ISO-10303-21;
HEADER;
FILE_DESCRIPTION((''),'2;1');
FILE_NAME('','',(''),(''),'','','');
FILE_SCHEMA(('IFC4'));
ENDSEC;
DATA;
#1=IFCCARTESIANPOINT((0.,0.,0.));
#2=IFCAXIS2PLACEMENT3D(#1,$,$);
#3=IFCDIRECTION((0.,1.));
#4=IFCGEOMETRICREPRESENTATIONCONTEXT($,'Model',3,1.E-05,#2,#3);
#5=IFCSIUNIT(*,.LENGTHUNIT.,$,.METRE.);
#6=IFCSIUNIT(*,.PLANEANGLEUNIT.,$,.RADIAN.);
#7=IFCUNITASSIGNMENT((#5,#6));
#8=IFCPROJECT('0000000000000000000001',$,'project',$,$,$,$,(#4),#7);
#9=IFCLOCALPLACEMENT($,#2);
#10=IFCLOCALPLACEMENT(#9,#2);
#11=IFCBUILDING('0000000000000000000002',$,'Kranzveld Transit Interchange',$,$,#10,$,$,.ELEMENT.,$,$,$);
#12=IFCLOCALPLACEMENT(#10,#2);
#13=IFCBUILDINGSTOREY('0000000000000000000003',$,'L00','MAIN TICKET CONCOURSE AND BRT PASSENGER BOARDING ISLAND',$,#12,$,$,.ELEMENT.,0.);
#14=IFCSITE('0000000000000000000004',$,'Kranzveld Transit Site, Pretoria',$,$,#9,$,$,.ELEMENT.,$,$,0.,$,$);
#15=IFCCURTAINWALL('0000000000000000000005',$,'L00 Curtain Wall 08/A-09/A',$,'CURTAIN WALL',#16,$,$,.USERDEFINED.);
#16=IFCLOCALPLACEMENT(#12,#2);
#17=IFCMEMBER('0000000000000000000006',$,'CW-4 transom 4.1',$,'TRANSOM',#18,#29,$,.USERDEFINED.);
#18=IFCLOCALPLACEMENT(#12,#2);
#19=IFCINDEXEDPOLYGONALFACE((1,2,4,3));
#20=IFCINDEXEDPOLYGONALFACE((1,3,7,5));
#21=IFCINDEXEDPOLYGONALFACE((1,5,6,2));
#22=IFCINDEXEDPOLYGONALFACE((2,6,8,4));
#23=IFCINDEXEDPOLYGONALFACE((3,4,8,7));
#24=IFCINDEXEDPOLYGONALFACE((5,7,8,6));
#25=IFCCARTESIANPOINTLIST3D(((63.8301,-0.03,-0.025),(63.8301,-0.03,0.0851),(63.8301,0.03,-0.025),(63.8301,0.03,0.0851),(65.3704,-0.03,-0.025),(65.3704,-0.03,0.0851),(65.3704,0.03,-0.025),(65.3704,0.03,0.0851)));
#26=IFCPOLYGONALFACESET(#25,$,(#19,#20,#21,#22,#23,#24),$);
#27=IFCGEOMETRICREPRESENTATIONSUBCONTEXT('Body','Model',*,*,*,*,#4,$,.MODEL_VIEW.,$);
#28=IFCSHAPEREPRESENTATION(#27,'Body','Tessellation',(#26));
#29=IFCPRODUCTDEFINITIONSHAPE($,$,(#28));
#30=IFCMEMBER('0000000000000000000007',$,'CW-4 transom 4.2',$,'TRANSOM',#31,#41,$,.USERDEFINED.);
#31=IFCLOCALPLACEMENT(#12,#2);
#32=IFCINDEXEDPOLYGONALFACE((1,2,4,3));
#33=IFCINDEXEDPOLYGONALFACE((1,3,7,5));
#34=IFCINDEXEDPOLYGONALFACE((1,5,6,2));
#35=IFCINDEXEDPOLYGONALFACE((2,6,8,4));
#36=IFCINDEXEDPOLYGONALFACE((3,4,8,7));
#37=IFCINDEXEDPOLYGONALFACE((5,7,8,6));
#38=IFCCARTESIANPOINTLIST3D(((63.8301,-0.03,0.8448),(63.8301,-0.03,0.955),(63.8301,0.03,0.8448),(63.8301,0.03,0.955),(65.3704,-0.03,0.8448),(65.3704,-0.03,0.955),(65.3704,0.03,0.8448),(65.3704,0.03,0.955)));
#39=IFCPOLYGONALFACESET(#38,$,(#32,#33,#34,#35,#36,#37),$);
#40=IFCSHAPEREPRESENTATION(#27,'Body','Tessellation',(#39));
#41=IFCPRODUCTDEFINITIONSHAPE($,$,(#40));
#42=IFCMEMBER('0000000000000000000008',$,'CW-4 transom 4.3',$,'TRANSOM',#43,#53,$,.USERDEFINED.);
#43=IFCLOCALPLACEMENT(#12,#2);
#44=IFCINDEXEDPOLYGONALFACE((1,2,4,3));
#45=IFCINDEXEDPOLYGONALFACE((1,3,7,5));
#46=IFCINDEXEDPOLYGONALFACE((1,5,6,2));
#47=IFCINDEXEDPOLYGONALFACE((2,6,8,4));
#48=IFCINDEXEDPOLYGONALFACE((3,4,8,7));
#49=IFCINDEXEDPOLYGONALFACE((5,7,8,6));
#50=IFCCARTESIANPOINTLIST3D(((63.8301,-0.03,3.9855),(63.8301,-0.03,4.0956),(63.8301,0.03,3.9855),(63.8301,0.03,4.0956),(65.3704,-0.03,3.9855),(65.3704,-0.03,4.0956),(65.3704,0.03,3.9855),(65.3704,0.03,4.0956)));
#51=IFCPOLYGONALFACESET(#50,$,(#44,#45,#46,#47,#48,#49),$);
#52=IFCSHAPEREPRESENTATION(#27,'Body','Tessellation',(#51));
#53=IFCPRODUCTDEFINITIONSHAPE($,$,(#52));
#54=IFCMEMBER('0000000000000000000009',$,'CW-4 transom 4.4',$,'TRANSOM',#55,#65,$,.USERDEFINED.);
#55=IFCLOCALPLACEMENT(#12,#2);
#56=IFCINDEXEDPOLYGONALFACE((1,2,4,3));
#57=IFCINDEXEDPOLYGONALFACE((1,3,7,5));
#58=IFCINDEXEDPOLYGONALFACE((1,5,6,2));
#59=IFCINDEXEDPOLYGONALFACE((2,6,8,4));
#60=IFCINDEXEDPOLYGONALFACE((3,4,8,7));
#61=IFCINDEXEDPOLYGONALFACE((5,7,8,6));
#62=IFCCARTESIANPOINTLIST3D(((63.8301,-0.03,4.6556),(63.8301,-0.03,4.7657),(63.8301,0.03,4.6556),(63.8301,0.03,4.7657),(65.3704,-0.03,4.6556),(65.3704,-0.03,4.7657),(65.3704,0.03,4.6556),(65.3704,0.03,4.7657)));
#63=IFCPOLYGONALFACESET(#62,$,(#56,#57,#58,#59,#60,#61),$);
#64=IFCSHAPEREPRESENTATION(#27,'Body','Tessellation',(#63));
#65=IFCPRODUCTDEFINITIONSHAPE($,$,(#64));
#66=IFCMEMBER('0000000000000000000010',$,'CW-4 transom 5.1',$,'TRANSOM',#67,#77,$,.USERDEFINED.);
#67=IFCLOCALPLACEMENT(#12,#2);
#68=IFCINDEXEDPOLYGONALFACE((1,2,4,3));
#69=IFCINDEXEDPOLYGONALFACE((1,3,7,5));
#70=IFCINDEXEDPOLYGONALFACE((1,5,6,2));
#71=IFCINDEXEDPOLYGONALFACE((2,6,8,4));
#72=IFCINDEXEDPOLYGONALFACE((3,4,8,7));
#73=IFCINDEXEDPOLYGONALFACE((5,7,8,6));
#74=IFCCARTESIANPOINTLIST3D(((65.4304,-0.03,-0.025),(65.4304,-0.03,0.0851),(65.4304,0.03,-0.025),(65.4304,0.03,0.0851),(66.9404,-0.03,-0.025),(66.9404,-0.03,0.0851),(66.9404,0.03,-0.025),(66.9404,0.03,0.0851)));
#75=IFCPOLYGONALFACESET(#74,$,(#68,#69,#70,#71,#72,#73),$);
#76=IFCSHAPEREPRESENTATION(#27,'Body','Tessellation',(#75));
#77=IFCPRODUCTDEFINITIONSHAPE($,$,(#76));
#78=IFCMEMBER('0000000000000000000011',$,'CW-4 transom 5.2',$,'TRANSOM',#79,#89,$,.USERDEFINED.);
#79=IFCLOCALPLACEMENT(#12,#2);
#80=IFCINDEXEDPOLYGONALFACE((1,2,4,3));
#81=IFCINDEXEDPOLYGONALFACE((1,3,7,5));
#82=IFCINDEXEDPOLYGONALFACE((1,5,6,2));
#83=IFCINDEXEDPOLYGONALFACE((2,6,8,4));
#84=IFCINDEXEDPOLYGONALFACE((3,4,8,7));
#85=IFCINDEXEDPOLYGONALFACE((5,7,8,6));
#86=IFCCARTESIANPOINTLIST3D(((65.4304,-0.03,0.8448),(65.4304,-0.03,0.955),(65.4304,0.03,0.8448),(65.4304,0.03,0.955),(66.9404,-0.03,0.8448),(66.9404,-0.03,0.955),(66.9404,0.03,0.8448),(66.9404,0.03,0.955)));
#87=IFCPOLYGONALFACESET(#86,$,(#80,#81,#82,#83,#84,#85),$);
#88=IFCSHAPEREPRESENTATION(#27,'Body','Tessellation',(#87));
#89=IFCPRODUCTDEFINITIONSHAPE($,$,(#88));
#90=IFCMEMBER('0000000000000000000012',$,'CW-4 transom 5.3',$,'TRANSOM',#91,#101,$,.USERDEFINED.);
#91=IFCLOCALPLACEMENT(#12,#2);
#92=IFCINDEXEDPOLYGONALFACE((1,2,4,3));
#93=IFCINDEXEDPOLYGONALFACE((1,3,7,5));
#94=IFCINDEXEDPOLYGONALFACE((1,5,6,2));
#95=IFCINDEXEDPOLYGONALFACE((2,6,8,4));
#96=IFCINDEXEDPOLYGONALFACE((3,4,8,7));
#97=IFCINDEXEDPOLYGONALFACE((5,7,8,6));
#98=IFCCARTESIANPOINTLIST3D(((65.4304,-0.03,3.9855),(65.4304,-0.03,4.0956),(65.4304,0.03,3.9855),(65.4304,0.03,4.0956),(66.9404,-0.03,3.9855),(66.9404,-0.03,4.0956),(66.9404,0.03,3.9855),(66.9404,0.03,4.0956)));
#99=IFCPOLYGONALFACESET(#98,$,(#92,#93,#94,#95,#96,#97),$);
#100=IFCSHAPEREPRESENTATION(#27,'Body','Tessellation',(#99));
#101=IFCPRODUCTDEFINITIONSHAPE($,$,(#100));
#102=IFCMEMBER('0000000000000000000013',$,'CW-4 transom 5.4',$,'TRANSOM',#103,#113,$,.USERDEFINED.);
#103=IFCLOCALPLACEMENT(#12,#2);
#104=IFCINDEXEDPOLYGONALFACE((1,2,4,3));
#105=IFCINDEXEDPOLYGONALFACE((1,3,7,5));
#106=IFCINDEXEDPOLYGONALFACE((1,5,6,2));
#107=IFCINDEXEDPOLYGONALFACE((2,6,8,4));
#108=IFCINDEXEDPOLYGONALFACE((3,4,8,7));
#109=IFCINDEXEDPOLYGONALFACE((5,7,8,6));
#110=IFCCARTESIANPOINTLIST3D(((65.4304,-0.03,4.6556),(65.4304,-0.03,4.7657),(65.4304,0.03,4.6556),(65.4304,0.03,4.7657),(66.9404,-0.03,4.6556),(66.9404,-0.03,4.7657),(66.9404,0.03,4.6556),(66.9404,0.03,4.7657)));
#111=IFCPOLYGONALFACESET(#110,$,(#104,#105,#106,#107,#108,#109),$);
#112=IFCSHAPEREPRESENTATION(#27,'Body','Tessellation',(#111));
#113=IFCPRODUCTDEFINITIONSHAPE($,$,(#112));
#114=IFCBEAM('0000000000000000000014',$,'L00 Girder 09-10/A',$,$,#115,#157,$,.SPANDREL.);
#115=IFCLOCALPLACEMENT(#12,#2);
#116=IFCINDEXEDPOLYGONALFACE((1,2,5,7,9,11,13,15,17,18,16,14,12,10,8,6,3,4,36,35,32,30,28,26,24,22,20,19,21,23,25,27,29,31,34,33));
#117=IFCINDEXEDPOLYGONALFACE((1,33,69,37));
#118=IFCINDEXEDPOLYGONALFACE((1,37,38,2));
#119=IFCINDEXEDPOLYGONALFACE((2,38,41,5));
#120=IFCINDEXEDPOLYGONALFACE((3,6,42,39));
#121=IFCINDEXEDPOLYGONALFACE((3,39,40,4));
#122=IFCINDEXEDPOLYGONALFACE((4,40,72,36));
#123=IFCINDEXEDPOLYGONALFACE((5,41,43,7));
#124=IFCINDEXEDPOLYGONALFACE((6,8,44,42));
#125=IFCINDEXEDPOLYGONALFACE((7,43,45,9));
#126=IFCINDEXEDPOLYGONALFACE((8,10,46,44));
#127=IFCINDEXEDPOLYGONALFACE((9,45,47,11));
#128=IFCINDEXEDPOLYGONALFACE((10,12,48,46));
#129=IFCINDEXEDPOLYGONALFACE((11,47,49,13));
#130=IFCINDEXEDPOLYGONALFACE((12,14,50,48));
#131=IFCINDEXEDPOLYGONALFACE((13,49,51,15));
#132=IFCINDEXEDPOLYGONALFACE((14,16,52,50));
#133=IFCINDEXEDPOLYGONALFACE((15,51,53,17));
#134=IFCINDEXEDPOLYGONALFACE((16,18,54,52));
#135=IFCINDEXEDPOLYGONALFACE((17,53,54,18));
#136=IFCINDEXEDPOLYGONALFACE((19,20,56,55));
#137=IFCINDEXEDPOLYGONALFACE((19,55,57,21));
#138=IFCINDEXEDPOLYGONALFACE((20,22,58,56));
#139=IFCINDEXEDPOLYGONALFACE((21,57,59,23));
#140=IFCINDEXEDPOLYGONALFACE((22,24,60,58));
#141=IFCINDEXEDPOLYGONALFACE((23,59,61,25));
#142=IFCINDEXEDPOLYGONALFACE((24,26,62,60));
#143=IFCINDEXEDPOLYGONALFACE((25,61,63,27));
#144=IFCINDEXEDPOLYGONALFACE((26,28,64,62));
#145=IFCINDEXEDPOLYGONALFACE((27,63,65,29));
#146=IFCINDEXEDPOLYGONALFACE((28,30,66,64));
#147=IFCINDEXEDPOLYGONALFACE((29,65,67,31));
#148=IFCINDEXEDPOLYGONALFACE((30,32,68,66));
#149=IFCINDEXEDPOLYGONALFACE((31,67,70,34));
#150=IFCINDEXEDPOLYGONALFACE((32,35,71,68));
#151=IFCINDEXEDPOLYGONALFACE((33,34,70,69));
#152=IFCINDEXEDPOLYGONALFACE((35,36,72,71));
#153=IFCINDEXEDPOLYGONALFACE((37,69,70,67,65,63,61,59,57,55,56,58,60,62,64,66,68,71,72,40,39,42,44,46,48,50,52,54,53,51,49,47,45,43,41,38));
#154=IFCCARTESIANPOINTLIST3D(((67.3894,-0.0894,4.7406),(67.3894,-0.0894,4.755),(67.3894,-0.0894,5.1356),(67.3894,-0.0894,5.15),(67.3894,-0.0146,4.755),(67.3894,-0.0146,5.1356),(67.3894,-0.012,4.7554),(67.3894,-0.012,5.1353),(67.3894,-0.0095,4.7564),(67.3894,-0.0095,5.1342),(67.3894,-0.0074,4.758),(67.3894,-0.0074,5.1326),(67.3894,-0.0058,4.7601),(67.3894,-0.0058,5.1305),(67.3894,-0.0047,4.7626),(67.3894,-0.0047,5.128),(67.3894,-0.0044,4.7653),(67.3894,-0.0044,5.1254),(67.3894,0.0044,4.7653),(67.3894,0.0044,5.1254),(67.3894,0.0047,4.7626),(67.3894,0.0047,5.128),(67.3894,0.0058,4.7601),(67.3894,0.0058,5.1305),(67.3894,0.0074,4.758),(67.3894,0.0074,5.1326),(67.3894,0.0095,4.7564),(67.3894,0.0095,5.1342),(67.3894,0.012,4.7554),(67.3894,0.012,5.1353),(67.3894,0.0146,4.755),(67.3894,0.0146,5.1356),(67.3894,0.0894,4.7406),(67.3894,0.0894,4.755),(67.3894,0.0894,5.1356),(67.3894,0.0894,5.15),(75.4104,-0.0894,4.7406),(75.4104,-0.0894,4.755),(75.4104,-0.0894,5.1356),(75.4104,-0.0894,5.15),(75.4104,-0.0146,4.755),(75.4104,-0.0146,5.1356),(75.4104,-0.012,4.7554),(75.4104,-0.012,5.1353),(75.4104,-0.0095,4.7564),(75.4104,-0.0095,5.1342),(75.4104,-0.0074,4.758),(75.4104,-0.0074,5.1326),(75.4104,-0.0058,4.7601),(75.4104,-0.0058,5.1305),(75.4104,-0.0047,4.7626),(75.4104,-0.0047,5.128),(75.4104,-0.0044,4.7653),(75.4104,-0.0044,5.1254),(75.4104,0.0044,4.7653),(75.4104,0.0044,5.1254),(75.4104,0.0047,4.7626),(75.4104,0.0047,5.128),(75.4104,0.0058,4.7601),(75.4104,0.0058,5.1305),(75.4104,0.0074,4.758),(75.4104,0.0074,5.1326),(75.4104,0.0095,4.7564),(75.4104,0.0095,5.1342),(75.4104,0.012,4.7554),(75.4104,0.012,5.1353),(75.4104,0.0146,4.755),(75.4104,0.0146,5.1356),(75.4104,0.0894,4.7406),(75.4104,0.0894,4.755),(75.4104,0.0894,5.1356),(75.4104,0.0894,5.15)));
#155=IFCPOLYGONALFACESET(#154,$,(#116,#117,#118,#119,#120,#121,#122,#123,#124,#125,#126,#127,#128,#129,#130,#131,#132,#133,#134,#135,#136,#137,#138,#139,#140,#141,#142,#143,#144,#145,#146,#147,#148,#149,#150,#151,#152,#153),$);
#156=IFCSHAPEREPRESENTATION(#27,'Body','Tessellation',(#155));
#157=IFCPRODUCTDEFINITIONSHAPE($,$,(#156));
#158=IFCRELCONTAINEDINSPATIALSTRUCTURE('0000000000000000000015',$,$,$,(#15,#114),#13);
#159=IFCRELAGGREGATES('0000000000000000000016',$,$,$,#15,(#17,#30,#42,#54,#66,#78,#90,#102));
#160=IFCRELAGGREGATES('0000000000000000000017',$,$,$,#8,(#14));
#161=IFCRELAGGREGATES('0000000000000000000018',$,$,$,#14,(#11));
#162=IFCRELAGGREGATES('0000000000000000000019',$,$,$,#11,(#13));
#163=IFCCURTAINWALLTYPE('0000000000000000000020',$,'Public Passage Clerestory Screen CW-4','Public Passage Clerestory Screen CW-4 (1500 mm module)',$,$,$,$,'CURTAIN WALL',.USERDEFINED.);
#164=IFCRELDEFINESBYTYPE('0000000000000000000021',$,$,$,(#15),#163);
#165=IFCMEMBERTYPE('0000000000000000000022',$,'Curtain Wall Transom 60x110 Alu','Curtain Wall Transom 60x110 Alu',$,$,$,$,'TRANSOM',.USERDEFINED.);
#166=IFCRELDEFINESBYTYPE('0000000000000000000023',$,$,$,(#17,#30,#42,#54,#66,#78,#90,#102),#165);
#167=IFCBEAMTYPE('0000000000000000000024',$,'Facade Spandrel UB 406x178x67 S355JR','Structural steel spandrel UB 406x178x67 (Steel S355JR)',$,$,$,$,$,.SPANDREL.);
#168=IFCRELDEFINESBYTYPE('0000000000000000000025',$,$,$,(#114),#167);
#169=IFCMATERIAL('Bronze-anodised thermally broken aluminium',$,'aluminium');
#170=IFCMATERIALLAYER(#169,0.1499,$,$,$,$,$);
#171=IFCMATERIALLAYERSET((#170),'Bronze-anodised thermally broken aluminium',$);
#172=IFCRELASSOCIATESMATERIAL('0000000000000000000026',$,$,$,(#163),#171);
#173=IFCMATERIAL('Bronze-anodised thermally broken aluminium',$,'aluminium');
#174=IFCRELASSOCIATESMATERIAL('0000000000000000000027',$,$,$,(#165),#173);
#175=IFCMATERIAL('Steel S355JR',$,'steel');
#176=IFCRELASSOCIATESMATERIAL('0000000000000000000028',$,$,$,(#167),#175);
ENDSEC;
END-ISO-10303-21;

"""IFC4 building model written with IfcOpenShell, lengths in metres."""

from ifc_helpers import new_model, si_unit, direction, frame, origin, origin_2d, place, context, subcontext, project, spatial, rectangle, i_section, extrude, material, layer, layer_set, material_profile, profile_set, type_object, element, aggregate, save


model = new_model("IFC4")

# Units and contexts
model_context = context("Model", 3, precision=1e-05, world=origin(), true_north=direction((0.0, 1.0)))
body_context = subcontext(model_context, "Body", "Model", "MODEL_VIEW")
ifc_project = project(units=[si_unit("LENGTHUNIT", "METRE"), si_unit("PLANEANGLEUNIT", "RADIAN")], contexts=[model_context])

# Site, building, storey
site_placement = place(None, origin())
site = spatial("IfcSite", under=ifc_project, at=site_placement, Name="Kranzveld Transit Site, Pretoria", CompositionType="ELEMENT", RefElevation=0.0)
building_placement = place(site_placement, origin())
building = spatial("IfcBuilding", under=site, at=building_placement, Name="Kranzveld Transit Interchange", CompositionType="ELEMENT")
storey_placement = place(building_placement, origin())
storey = spatial("IfcBuildingStorey", under=building, at=storey_placement, Name="L00", Description="MAIN TICKET CONCOURSE AND BRT PASSENGER BOARDING ISLAND", CompositionType="ELEMENT", Elevation=0.0)

# Curtain wall, members
ifc_material_1 = material(Name="Bronze-anodised thermally broken aluminium", Category="aluminium")
ifc_layer_1 = layer(ifc_material_1, 0.1499)
ifc_layer_set_1 = layer_set([ifc_layer_1], Name="Bronze-anodised thermally broken aluminium")
curtain_wall_type = type_object("IfcCurtainWallType", Name="Public Passage Clerestory Screen CW-4", Description="Public Passage Clerestory Screen CW-4 (1500 mm module)", ElementType="CURTAIN WALL", PredefinedType="USERDEFINED", material=ifc_layer_set_1)
curtain_wall_placement = place(storey_placement, origin())
curtain_wall = element("IfcCurtainWall", 1, at=curtain_wall_placement, inside=storey, type_object=curtain_wall_type, Name="L00 Curtain Wall 08/A-09/A", ObjectType="CURTAIN WALL", PredefinedType="USERDEFINED")
ifc_material_2 = material(Name="Bronze-anodised thermally broken aluminium", Category="aluminium")
ifc_material_profile_1 = material_profile(ifc_material_2, rectangle(XDim=0.0601, YDim=0.1101, at=origin_2d()), Name="ALU TRANSOM 60x110")
ifc_profile_set_1 = profile_set([ifc_material_profile_1], Name="Bronze-anodised thermally broken aluminium")
member_type_1 = type_object("IfcMemberType", Name="Curtain Wall Transom 60x110 Alu", Description="Curtain Wall Transom 60x110 Alu", ElementType="TRANSOM", PredefinedType="USERDEFINED", material=ifc_profile_set_1)
member_1_placement = place(storey_placement, frame((63.8301, 0.0, 0.03), z_axis=(1.0, 0.0, 0.0), x_axis=(0.0, 1.0, 0.0)))
member_1 = element("IfcMember", 2, at=member_1_placement, type_object=member_type_1, Name="CW-4 transom 4.1", ObjectType="TRANSOM", PredefinedType="USERDEFINED", context=body_context, shape_type="SweptSolid", body=[
    extrude(rectangle(XDim=0.0601, YDim=0.1101, at=origin_2d()), origin(), (0.0, 0.0, 1.0), 1.5403),
])
member_2_placement = place(storey_placement, frame((63.8301, 0.0, 0.8999), z_axis=(1.0, 0.0, 0.0), x_axis=(0.0, 1.0, 0.0)))
member_2 = element("IfcMember", 3, at=member_2_placement, type_object=member_type_1, Name="CW-4 transom 4.2", ObjectType="TRANSOM", PredefinedType="USERDEFINED", context=body_context, shape_type="SweptSolid", body=[
    extrude(rectangle(XDim=0.0601, YDim=0.1101, at=origin_2d()), origin(), (0.0, 0.0, 1.0), 1.5403),
])
member_3_placement = place(storey_placement, frame((63.8301, 0.0, 4.0405), z_axis=(1.0, 0.0, 0.0), x_axis=(0.0, 1.0, 0.0)))
member_3 = element("IfcMember", 4, at=member_3_placement, type_object=member_type_1, Name="CW-4 transom 4.3", ObjectType="TRANSOM", PredefinedType="USERDEFINED", context=body_context, shape_type="SweptSolid", body=[
    extrude(rectangle(XDim=0.0601, YDim=0.1101, at=origin_2d()), origin(), (0.0, 0.0, 1.0), 1.5403),
])
member_4_placement = place(storey_placement, frame((63.8301, 0.0, 4.7107), z_axis=(1.0, 0.0, 0.0), x_axis=(0.0, 1.0, 0.0)))
member_4 = element("IfcMember", 5, at=member_4_placement, type_object=member_type_1, Name="CW-4 transom 4.4", ObjectType="TRANSOM", PredefinedType="USERDEFINED", context=body_context, shape_type="SweptSolid", body=[
    extrude(rectangle(XDim=0.0601, YDim=0.1101, at=origin_2d()), origin(), (0.0, 0.0, 1.0), 1.5403),
])
member_5_placement = place(storey_placement, frame((65.4304, 0.0, 0.03), z_axis=(1.0, 0.0, 0.0), x_axis=(0.0, 1.0, 0.0)))
member_5 = element("IfcMember", 6, at=member_5_placement, type_object=member_type_1, Name="CW-4 transom 5.1", ObjectType="TRANSOM", PredefinedType="USERDEFINED", context=body_context, shape_type="SweptSolid", body=[
    extrude(rectangle(XDim=0.0601, YDim=0.1101, at=origin_2d()), origin(), (0.0, 0.0, 1.0), 1.51),
])
member_6_placement = place(storey_placement, frame((65.4304, 0.0, 0.8999), z_axis=(1.0, 0.0, 0.0), x_axis=(0.0, 1.0, 0.0)))
member_6 = element("IfcMember", 7, at=member_6_placement, type_object=member_type_1, Name="CW-4 transom 5.2", ObjectType="TRANSOM", PredefinedType="USERDEFINED", context=body_context, shape_type="SweptSolid", body=[
    extrude(rectangle(XDim=0.0601, YDim=0.1101, at=origin_2d()), origin(), (0.0, 0.0, 1.0), 1.51),
])
member_7_placement = place(storey_placement, frame((65.4304, 0.0, 4.0405), z_axis=(1.0, 0.0, 0.0), x_axis=(0.0, 1.0, 0.0)))
member_7 = element("IfcMember", 8, at=member_7_placement, type_object=member_type_1, Name="CW-4 transom 5.3", ObjectType="TRANSOM", PredefinedType="USERDEFINED", context=body_context, shape_type="SweptSolid", body=[
    extrude(rectangle(XDim=0.0601, YDim=0.1101, at=origin_2d()), origin(), (0.0, 0.0, 1.0), 1.51),
])
member_8_placement = place(storey_placement, frame((65.4304, 0.0, 4.7107), z_axis=(1.0, 0.0, 0.0), x_axis=(0.0, 1.0, 0.0)))
member_8 = element("IfcMember", 9, at=member_8_placement, type_object=member_type_1, Name="CW-4 transom 5.4", ObjectType="TRANSOM", PredefinedType="USERDEFINED", context=body_context, shape_type="SweptSolid", body=[
    extrude(rectangle(XDim=0.0601, YDim=0.1101, at=origin_2d()), origin(), (0.0, 0.0, 1.0), 1.51),
])

# Beam
ifc_material_3 = material(Name="Steel S355JR", Category="steel")
ifc_material_profile_2 = material_profile(ifc_material_3, i_section(OverallWidth=0.1787, OverallDepth=0.4094, WebThickness=0.0088, FlangeThickness=0.0144, FilletRadius=0.0103, at=origin_2d()), Name="UB 406x178x67")
ifc_profile_set_2 = profile_set([ifc_material_profile_2], Name="Steel S355JR")
beam_type_1 = type_object("IfcBeamType", Name="Facade Spandrel UB 406x178x67 S355JR", Description="Structural steel spandrel UB 406x178x67 (Steel S355JR)", PredefinedType="SPANDREL", material=ifc_profile_set_2)
beam_placement = place(storey_placement, frame((67.3894, 0.0, 4.9453), z_axis=(1.0, 0.0, 0.0), x_axis=(0.0, 1.0, 0.0)))
element("IfcBeam", 10, at=beam_placement, inside=storey, type_object=beam_type_1, Name="L00 Girder 09-10/A", PredefinedType="SPANDREL", context=body_context, shape_type="SweptSolid", body=[
    extrude(i_section(OverallWidth=0.1787, OverallDepth=0.4094, WebThickness=0.0088, FlangeThickness=0.0144, FilletRadius=0.0103, at=origin_2d()), origin(), (0.0, 0.0, 1.0), 8.021),
])

aggregate(curtain_wall, [member_1, member_2, member_3, member_4, member_5, member_6, member_7, member_8])

save(model, "model.ifc")
